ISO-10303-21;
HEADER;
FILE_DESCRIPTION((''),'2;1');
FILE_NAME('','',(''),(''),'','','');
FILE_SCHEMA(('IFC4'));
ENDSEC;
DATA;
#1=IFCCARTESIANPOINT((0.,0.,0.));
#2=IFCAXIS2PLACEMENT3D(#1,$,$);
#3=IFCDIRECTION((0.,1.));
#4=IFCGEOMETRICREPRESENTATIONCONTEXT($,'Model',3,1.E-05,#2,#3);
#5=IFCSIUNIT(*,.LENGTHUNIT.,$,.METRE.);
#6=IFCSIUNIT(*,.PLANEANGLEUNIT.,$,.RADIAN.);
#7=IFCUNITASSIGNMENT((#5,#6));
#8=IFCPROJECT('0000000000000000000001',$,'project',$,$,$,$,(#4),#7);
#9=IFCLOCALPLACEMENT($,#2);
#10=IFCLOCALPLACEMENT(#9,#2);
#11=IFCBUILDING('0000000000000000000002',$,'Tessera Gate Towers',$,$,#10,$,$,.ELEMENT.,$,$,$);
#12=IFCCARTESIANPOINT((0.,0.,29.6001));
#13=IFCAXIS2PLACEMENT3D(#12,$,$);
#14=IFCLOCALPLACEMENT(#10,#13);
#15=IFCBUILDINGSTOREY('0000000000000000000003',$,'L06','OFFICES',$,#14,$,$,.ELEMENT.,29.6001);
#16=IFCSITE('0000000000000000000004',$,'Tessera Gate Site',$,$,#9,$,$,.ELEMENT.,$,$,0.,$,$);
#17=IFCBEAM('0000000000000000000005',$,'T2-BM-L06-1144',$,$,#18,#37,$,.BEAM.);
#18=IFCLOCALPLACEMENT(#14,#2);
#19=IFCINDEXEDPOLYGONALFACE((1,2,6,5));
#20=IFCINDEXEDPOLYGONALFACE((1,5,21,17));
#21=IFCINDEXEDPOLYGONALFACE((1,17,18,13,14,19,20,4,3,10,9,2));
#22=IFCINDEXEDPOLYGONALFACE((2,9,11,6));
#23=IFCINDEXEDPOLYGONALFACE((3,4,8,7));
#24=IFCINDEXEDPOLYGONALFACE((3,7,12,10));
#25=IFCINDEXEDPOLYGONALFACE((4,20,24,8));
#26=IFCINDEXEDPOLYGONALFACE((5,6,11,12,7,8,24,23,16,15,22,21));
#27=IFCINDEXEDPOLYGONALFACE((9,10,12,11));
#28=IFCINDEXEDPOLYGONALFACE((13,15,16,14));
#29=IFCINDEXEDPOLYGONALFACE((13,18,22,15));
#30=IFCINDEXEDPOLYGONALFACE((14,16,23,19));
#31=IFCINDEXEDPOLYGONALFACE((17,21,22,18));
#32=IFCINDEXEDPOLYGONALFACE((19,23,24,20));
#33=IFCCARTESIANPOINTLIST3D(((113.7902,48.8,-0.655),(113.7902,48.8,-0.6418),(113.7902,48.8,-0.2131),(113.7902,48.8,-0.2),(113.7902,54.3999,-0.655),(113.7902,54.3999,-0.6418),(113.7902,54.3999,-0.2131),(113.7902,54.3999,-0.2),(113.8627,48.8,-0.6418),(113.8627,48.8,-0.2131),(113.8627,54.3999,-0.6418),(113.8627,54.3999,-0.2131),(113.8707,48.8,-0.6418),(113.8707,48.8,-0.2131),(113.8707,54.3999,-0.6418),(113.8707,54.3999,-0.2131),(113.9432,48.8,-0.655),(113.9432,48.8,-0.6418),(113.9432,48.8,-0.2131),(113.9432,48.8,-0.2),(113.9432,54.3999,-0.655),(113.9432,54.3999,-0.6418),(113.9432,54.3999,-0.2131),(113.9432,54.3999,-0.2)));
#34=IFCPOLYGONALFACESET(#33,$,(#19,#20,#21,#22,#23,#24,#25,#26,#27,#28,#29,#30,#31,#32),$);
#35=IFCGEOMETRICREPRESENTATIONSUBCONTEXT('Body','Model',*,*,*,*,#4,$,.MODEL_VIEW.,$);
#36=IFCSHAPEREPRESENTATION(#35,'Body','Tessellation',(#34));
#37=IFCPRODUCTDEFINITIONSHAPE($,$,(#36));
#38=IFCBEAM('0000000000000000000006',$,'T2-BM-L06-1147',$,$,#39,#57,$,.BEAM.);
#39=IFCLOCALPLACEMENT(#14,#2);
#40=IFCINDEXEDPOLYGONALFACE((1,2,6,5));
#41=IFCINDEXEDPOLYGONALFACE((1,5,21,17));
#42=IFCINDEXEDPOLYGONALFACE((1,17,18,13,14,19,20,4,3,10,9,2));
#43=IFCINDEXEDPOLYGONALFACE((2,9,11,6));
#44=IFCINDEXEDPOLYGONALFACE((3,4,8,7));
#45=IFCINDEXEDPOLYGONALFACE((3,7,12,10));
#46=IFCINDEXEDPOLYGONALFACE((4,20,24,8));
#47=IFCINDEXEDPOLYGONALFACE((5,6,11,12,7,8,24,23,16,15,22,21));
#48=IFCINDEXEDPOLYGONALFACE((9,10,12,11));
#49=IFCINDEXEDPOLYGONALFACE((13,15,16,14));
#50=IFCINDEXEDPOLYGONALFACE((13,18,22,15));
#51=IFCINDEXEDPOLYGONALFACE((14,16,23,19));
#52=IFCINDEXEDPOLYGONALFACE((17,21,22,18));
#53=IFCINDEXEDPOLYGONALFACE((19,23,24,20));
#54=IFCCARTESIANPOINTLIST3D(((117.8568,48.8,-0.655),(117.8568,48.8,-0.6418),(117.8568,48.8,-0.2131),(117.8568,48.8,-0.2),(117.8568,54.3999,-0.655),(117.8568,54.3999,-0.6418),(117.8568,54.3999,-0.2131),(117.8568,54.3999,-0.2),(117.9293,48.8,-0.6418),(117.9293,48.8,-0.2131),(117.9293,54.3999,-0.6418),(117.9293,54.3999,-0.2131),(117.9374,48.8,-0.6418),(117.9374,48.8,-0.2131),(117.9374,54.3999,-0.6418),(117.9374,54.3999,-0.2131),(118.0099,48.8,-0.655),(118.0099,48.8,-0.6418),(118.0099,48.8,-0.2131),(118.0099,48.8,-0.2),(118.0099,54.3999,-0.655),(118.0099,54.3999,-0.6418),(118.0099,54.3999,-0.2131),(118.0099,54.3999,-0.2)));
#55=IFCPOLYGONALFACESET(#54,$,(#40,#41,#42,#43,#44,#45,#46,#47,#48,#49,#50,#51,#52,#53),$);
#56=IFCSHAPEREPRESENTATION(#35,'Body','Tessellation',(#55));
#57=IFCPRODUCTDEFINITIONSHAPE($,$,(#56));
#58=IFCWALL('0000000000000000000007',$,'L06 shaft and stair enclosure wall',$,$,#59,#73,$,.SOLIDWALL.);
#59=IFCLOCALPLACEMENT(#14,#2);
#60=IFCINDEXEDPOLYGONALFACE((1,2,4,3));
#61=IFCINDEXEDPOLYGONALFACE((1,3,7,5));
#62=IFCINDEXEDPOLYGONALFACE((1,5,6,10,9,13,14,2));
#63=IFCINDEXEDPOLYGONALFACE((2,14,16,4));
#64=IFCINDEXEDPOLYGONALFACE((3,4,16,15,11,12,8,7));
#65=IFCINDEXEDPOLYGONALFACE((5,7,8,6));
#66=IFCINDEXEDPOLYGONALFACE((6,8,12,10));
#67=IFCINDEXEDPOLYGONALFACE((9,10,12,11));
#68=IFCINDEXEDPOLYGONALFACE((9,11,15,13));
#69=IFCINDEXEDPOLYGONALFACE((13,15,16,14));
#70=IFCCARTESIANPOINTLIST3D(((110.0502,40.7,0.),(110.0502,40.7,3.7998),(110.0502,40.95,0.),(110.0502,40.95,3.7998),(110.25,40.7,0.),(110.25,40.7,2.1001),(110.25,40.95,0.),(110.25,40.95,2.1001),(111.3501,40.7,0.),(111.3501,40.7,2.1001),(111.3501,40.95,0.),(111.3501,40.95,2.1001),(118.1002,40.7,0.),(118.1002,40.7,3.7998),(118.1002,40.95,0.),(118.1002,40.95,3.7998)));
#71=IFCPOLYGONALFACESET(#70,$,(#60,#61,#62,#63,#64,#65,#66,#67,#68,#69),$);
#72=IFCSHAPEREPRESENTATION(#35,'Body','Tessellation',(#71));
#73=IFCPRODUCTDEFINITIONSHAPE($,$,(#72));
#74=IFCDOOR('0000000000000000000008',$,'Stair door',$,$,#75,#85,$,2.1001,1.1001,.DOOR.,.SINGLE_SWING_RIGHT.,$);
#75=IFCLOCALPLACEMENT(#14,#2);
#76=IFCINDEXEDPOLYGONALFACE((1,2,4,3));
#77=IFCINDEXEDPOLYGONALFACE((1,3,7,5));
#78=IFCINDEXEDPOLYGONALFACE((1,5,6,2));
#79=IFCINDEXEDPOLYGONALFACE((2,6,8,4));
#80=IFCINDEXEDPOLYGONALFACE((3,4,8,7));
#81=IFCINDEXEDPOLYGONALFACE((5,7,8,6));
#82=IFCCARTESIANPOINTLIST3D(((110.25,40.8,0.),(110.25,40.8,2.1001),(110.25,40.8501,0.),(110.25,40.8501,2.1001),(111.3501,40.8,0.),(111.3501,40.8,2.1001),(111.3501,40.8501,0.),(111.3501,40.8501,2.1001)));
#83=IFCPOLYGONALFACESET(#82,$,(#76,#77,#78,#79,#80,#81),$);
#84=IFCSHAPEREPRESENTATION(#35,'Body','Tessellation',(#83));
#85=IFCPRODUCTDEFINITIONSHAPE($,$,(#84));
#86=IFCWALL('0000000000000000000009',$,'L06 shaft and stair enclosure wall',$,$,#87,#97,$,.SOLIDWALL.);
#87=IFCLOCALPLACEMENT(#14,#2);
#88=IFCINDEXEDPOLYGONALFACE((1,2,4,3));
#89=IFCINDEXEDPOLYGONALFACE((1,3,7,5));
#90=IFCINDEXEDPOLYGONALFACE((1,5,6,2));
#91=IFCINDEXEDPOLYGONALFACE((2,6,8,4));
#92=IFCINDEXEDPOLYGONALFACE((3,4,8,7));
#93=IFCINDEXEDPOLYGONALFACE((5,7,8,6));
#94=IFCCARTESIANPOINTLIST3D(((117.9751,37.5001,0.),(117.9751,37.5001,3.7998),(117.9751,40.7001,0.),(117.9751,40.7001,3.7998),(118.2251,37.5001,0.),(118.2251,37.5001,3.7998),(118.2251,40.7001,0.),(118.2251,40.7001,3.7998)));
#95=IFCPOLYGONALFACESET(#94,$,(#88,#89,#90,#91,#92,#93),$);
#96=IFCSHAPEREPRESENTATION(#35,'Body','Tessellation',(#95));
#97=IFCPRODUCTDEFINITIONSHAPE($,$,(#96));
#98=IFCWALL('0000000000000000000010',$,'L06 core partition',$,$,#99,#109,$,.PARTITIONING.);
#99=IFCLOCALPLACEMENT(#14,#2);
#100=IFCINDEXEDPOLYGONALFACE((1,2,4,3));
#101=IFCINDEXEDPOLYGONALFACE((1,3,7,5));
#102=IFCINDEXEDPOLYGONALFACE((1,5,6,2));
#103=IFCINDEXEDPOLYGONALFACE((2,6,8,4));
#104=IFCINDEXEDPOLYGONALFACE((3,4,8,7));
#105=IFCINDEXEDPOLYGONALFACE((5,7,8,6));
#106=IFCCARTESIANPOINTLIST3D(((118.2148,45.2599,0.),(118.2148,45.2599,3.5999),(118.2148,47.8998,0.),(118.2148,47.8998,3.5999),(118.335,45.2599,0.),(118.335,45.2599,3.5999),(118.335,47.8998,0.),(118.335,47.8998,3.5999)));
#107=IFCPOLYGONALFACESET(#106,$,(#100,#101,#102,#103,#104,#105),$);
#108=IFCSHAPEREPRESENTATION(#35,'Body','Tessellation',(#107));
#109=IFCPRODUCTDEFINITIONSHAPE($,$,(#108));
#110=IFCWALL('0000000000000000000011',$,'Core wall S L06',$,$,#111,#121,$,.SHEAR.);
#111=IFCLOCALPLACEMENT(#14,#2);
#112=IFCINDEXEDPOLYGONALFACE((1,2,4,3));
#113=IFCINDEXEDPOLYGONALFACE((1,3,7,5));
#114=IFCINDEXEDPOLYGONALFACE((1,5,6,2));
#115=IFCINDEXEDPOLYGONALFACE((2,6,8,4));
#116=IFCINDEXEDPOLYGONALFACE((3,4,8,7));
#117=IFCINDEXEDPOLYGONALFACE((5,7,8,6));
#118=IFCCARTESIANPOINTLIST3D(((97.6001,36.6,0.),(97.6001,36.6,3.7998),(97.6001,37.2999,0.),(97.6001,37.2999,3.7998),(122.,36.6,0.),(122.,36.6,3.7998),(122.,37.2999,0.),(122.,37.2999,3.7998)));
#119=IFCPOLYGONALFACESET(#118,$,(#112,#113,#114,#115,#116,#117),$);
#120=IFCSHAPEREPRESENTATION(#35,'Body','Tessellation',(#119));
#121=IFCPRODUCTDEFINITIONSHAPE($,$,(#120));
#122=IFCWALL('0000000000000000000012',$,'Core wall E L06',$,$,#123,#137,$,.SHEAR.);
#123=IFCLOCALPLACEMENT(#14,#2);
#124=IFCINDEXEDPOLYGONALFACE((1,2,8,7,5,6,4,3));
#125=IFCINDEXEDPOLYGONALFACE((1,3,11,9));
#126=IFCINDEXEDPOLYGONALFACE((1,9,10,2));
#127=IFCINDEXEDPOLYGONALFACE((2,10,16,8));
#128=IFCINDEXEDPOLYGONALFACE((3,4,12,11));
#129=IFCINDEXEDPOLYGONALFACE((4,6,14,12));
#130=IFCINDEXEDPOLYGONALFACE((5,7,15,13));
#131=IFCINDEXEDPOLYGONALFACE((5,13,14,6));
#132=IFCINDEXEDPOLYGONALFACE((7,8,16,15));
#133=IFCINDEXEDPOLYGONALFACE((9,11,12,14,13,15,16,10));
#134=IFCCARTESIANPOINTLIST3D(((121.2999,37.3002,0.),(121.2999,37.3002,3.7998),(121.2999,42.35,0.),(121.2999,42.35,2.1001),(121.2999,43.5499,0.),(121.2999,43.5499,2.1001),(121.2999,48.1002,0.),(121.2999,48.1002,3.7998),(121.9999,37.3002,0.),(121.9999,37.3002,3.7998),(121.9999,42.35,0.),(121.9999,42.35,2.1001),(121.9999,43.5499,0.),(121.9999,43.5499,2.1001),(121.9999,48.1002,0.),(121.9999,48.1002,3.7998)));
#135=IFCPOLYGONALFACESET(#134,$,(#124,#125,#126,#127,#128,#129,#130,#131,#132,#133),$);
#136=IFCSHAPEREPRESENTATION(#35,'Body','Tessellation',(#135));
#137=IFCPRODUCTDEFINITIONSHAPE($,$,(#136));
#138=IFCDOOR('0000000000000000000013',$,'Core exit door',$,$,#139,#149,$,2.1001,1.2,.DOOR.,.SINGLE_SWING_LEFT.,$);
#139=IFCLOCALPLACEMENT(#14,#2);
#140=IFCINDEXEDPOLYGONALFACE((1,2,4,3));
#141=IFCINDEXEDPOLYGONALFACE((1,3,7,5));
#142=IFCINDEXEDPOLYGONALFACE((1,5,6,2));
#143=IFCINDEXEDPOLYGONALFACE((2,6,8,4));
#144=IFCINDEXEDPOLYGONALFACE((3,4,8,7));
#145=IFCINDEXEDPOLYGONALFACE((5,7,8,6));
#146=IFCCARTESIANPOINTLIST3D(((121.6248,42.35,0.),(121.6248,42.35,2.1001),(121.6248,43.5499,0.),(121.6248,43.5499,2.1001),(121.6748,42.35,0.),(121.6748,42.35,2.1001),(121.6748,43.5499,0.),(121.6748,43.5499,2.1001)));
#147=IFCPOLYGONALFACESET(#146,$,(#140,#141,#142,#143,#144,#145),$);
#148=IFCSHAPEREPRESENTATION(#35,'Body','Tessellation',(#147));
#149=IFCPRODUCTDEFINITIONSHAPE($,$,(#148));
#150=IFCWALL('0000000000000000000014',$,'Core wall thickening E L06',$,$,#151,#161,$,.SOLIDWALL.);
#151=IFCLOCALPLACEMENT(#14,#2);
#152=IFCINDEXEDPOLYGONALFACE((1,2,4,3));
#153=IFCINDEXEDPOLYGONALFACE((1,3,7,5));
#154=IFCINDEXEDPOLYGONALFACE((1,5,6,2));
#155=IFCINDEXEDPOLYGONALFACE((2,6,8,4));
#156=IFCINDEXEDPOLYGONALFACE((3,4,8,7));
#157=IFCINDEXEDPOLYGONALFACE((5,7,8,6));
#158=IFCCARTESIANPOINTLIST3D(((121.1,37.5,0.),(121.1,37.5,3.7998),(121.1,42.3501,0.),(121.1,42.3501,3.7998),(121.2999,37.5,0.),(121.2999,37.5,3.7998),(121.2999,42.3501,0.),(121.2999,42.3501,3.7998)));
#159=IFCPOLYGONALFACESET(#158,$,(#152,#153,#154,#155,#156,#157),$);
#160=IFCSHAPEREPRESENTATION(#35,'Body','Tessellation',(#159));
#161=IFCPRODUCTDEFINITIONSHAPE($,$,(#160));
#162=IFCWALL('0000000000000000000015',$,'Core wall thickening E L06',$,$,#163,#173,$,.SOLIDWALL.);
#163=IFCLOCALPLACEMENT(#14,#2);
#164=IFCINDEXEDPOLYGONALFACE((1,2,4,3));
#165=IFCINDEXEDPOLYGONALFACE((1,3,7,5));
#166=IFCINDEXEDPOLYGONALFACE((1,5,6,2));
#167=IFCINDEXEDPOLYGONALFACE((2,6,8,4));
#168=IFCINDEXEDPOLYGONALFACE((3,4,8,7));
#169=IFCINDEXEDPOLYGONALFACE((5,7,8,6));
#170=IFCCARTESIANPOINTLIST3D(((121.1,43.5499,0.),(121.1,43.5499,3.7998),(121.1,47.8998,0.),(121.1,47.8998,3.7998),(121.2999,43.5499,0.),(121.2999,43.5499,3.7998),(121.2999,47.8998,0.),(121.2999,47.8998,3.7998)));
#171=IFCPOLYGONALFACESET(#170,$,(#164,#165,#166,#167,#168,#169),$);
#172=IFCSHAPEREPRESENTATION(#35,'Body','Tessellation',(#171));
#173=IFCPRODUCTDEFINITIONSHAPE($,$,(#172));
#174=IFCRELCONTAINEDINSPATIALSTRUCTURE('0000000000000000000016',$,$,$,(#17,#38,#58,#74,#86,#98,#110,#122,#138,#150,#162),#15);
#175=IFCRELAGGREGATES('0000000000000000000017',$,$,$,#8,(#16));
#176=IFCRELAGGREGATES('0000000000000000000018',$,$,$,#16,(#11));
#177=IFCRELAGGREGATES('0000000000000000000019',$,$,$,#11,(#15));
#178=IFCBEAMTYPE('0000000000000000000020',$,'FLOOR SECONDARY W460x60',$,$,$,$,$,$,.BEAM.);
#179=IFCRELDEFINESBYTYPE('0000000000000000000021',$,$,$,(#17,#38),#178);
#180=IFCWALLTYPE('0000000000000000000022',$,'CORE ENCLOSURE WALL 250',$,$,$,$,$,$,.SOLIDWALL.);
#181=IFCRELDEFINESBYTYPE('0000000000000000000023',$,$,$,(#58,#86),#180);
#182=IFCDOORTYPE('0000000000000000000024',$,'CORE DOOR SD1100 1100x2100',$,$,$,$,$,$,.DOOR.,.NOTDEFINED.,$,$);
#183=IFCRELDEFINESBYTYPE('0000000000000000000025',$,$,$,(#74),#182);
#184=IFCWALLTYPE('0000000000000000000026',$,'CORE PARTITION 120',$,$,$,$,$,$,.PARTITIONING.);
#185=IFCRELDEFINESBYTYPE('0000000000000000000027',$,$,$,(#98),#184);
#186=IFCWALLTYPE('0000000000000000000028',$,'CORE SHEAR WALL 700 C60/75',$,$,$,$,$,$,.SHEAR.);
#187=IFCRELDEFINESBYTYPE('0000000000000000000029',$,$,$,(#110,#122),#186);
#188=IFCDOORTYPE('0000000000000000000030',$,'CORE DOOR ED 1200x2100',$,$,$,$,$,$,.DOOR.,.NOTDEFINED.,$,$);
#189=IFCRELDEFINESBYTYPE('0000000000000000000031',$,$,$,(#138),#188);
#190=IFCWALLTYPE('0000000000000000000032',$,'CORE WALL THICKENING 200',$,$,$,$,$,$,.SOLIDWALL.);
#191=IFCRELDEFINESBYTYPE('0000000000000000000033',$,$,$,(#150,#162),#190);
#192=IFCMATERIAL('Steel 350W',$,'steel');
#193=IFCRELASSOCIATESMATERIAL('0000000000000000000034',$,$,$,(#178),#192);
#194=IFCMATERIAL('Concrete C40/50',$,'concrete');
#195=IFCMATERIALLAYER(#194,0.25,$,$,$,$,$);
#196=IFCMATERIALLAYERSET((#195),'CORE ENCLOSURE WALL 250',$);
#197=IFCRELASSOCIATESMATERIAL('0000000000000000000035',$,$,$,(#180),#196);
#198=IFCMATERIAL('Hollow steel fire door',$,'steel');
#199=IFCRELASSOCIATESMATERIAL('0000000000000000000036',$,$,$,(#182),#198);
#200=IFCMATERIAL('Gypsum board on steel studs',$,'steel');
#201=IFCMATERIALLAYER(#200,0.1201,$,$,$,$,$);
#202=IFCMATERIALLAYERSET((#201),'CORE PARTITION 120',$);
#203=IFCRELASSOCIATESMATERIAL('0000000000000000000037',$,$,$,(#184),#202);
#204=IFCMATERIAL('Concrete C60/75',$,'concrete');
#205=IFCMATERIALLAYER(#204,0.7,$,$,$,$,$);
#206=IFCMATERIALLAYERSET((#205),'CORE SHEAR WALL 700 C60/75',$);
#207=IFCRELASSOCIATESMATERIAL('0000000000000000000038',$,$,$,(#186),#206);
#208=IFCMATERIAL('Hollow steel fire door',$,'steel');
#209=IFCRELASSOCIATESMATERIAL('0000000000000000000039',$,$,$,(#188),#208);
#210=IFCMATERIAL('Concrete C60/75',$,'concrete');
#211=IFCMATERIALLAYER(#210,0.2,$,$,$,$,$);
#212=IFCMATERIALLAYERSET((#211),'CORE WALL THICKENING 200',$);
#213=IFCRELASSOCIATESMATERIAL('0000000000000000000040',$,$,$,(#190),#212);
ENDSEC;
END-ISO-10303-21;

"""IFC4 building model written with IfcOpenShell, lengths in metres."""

from ifc_helpers import new_model, si_unit, direction, frame, frame_2d, origin, origin_2d, place, context, subcontext, project, spatial, rectangle, i_section, extrude, source, transform, mapped, material, layer, layer_set, material_profile, profile_set, type_object, element, fill, save


model = new_model("IFC4")

# Units and contexts
model_context = context("Model", 3, precision=1e-05, world=origin(), true_north=direction((0.0, 1.0)))
body_context = subcontext(model_context, "Body", "Model", "MODEL_VIEW")
ifc_project = project(units=[si_unit("LENGTHUNIT", "METRE"), si_unit("PLANEANGLEUNIT", "RADIAN")], contexts=[model_context])

# Site, building, storey
site_placement = place(None, origin())
site = spatial("IfcSite", under=ifc_project, at=site_placement, Name="Tessera Gate Site", CompositionType="ELEMENT", RefElevation=0.0)
building_placement = place(site_placement, origin())
building = spatial("IfcBuilding", under=site, at=building_placement, Name="Tessera Gate Towers", CompositionType="ELEMENT")
storey_placement = place(building_placement, frame((0.0, 0.0, 29.6001)))
storey = spatial("IfcBuildingStorey", under=building, at=storey_placement, Name="L06", Description="OFFICES", CompositionType="ELEMENT", Elevation=29.6001)

# Beams
ifc_material_1 = material(Name="Steel 350W", Category="steel")
ifc_material_profile = material_profile(ifc_material_1, i_section(OverallWidth=0.1531, OverallDepth=0.4551, WebThickness=0.0081, FlangeThickness=0.0132, at=origin_2d()), Name="W460x60")
ifc_profile_set = profile_set([ifc_material_profile], Name="Steel 350W")
beam_type = type_object("IfcBeamType", Name="FLOOR SECONDARY W460x60", PredefinedType="BEAM", material=ifc_profile_set)
for number, where, z_axis, x_axis, name in (
    (1, (113.8667, 48.8, -0.4275), (0.0, 1.0, 0.0), (-1.0, 0.0, 0.0), "T2-BM-L06-1144"),
    (2, (117.9333, 48.8, -0.4275), (0.0, 1.0, 0.0), (-1.0, 0.0, 0.0), "T2-BM-L06-1147"),
):
    element("IfcBeam", number, at=place(storey_placement, frame(where, z_axis=z_axis, x_axis=x_axis)), inside=storey, type_object=beam_type, Name=name, PredefinedType="BEAM", context=body_context, shape_type="SweptSolid", body=[
        extrude(i_section(OverallWidth=0.1531, OverallDepth=0.4551, WebThickness=0.0081, FlangeThickness=0.0132, at=origin_2d()), origin(), (0.0, 0.0, 1.0), 5.5999),
    ])

# Wall, opening, door
ifc_material_2 = material(Name="Concrete C40/50", Category="concrete")
ifc_layer_1 = layer(ifc_material_2, 0.25)
ifc_layer_set_1 = layer_set([ifc_layer_1], Name="CORE ENCLOSURE WALL 250")
wall_type_1 = type_object("IfcWallType", Name="CORE ENCLOSURE WALL 250", PredefinedType="SOLIDWALL", material=ifc_layer_set_1)
wall_1_placement = place(storey_placement, frame((118.1001, 40.825, 0.0), z_axis=(0.0, 0.0, 1.0), x_axis=(-1.0, 0.0, 0.0)))
wall_1 = element("IfcWall", 3, at=wall_1_placement, inside=storey, type_object=wall_type_1, Name="L06 shaft and stair enclosure wall", PredefinedType="SOLIDWALL", context=body_context, shape_type="SweptSolid", body=[
    extrude(rectangle(XDim=8.05, YDim=0.25, at=frame_2d((4.0249, 0.0))), origin(), (0.0, 0.0, 1.0), 3.7998),
])
shared_shape_1 = source(origin(), body_context, "Body", "SweptSolid", [
    extrude(rectangle(XDim=1.1001, YDim=2.1001, at=frame_2d((0.55, 1.05))), frame((0.0, 0.135, 0.0), z_axis=(0.0, -1.0, 0.0), x_axis=(1.0, 0.0, 0.0)), (0.0, 0.0, 1.0), 0.27),
])
opening_1_placement = place(wall_1_placement, frame((6.75, 0.0, 0.0)))
opening_1 = element("IfcOpeningElement", 4, at=opening_1_placement, cuts=wall_1, PredefinedType="OPENING", context=body_context, shape_type="MappedRepresentation", body=[
    mapped(shared_shape_1, transform((0.0, 0.0, 0.0), scale=1.0)),
])
ifc_material_3 = material(Name="Hollow steel fire door", Category="steel")
door_type_1 = type_object("IfcDoorType", Name="CORE DOOR SD1100 1100x2100", OperationType="NOTDEFINED", PredefinedType="DOOR", material=ifc_material_3)
shared_shape_2 = source(origin(), body_context, "Body", "SweptSolid", [
    extrude(rectangle(XDim=1.1001, YDim=2.1001, at=frame_2d((0.55, 1.05))), frame((0.0, 0.0249, 0.0), z_axis=(0.0, -1.0, 0.0), x_axis=(1.0, 0.0, 0.0)), (0.0, 0.0, 1.0), 0.05),
])
door_1_placement = place(opening_1_placement, origin())
door_1 = element("IfcDoor", 5, at=door_1_placement, inside=storey, type_object=door_type_1, Name="Stair door", OperationType="SINGLE_SWING_RIGHT", OverallHeight=2.1001, OverallWidth=1.1001, PredefinedType="DOOR", context=body_context, shape_type="MappedRepresentation", body=[
    mapped(shared_shape_2, transform((0.0, 0.0, 0.0), scale=1.0)),
])
fill(opening_1, door_1)

# Walls
wall_2_placement = place(storey_placement, frame((118.1001, 37.5, 0.0), z_axis=(0.0, 0.0, 1.0), x_axis=(0.0, 1.0, 0.0)))
element("IfcWall", 6, at=wall_2_placement, inside=storey, type_object=wall_type_1, Name="L06 shaft and stair enclosure wall", PredefinedType="SOLIDWALL", context=body_context, shape_type="SweptSolid", body=[
    extrude(rectangle(XDim=3.2, YDim=0.25, at=frame_2d((1.6001, 0.0))), origin(), (0.0, 0.0, 1.0), 3.7998),
])
ifc_material_4 = material(Name="Gypsum board on steel studs", Category="steel")
ifc_layer_2 = layer(ifc_material_4, 0.1201)
ifc_layer_set_2 = layer_set([ifc_layer_2], Name="CORE PARTITION 120")
wall_type_2 = type_object("IfcWallType", Name="CORE PARTITION 120", PredefinedType="PARTITIONING", material=ifc_layer_set_2)
wall_3_placement = place(storey_placement, frame((118.2749, 45.26, 0.0), z_axis=(0.0, 0.0, 1.0), x_axis=(0.0, 1.0, 0.0)))
element("IfcWall", 7, at=wall_3_placement, inside=storey, type_object=wall_type_2, Name="L06 core partition", PredefinedType="PARTITIONING", context=body_context, shape_type="SweptSolid", body=[
    extrude(rectangle(XDim=2.6399, YDim=0.1201, at=frame_2d((1.3198, 0.0))), origin(), (0.0, 0.0, 1.0), 3.5999),
])
ifc_material_5 = material(Name="Concrete C60/75", Category="concrete")
ifc_layer_3 = layer(ifc_material_5, 0.7)
ifc_layer_set_3 = layer_set([ifc_layer_3], Name="CORE SHEAR WALL 700 C60/75")
wall_type_3 = type_object("IfcWallType", Name="CORE SHEAR WALL 700 C60/75", PredefinedType="SHEAR", material=ifc_layer_set_3)
wall_4_placement = place(storey_placement, frame((122.0, 36.95, 0.0), z_axis=(0.0, 0.0, 1.0), x_axis=(-1.0, 0.0, 0.0)))
element("IfcWall", 8, at=wall_4_placement, inside=storey, type_object=wall_type_3, Name="Core wall S L06", PredefinedType="SHEAR", context=body_context, shape_type="SweptSolid", body=[
    extrude(rectangle(XDim=24.3999, YDim=0.7, at=frame_2d((12.2, 0.0))), origin(), (0.0, 0.0, 1.0), 3.7998),
])

# Wall, opening, door
wall_5_placement = place(storey_placement, frame((121.6499, 48.1001, 0.0), z_axis=(0.0, 0.0, 1.0), x_axis=(0.0, -1.0, 0.0)))
wall_5 = element("IfcWall", 9, at=wall_5_placement, inside=storey, type_object=wall_type_3, Name="Core wall E L06", PredefinedType="SHEAR", context=body_context, shape_type="SweptSolid", body=[
    extrude(rectangle(XDim=10.8, YDim=0.7, at=frame_2d((5.3999, 0.0))), origin(), (0.0, 0.0, 1.0), 3.7998),
])
shared_shape_3 = source(origin(), body_context, "Body", "SweptSolid", [
    extrude(rectangle(XDim=1.2, YDim=2.1001, at=frame_2d((0.6001, 1.05))), frame((0.0, 0.3599, 0.0), z_axis=(0.0, -1.0, 0.0), x_axis=(1.0, 0.0, 0.0)), (0.0, 0.0, 1.0), 0.72),
])
opening_2_placement = place(wall_5_placement, frame((4.55, 0.0, 0.0)))
opening_2 = element("IfcOpeningElement", 10, at=opening_2_placement, cuts=wall_5, PredefinedType="OPENING", context=body_context, shape_type="MappedRepresentation", body=[
    mapped(shared_shape_3, transform((0.0, 0.0, 0.0), scale=1.0)),
])
ifc_material_6 = material(Name="Hollow steel fire door", Category="steel")
door_type_2 = type_object("IfcDoorType", Name="CORE DOOR ED 1200x2100", OperationType="NOTDEFINED", PredefinedType="DOOR", material=ifc_material_6)
shared_shape_4 = source(origin(), body_context, "Body", "SweptSolid", [
    extrude(rectangle(XDim=1.2, YDim=2.1001, at=frame_2d((0.6001, 1.05))), frame((0.0, 0.0249, 0.0), z_axis=(0.0, -1.0, 0.0), x_axis=(1.0, 0.0, 0.0)), (0.0, 0.0, 1.0), 0.05),
])
door_2_placement = place(opening_2_placement, origin())
door_2 = element("IfcDoor", 11, at=door_2_placement, inside=storey, type_object=door_type_2, Name="Core exit door", OperationType="SINGLE_SWING_LEFT", OverallHeight=2.1001, OverallWidth=1.2, PredefinedType="DOOR", context=body_context, shape_type="MappedRepresentation", body=[
    mapped(shared_shape_4, transform((0.0, 0.0, 0.0), scale=1.0)),
])
fill(opening_2, door_2)

# Walls
ifc_material_7 = material(Name="Concrete C60/75", Category="concrete")
ifc_layer_4 = layer(ifc_material_7, 0.2)
ifc_layer_set_4 = layer_set([ifc_layer_4], Name="CORE WALL THICKENING 200")
wall_type_4 = type_object("IfcWallType", Name="CORE WALL THICKENING 200", PredefinedType="SOLIDWALL", material=ifc_layer_set_4)
wall_6_placement = place(storey_placement, frame((121.2, 37.5, 0.0), z_axis=(0.0, 0.0, 1.0), x_axis=(0.0, 1.0, 0.0)))
element("IfcWall", 12, at=wall_6_placement, inside=storey, type_object=wall_type_4, Name="Core wall thickening E L06", PredefinedType="SOLIDWALL", context=body_context, shape_type="SweptSolid", body=[
    extrude(rectangle(XDim=4.8501, YDim=0.2, at=frame_2d((2.425, 0.0))), origin(), (0.0, 0.0, 1.0), 3.7998),
])
wall_7_placement = place(storey_placement, frame((121.2, 43.55, 0.0), z_axis=(0.0, 0.0, 1.0), x_axis=(0.0, 1.0, 0.0)))
element("IfcWall", 13, at=wall_7_placement, inside=storey, type_object=wall_type_4, Name="Core wall thickening E L06", PredefinedType="SOLIDWALL", context=body_context, shape_type="SweptSolid", body=[
    extrude(rectangle(XDim=4.3499, YDim=0.2, at=frame_2d((2.1748, 0.0))), origin(), (0.0, 0.0, 1.0), 3.7998),
])

save(model, "model.ifc")
